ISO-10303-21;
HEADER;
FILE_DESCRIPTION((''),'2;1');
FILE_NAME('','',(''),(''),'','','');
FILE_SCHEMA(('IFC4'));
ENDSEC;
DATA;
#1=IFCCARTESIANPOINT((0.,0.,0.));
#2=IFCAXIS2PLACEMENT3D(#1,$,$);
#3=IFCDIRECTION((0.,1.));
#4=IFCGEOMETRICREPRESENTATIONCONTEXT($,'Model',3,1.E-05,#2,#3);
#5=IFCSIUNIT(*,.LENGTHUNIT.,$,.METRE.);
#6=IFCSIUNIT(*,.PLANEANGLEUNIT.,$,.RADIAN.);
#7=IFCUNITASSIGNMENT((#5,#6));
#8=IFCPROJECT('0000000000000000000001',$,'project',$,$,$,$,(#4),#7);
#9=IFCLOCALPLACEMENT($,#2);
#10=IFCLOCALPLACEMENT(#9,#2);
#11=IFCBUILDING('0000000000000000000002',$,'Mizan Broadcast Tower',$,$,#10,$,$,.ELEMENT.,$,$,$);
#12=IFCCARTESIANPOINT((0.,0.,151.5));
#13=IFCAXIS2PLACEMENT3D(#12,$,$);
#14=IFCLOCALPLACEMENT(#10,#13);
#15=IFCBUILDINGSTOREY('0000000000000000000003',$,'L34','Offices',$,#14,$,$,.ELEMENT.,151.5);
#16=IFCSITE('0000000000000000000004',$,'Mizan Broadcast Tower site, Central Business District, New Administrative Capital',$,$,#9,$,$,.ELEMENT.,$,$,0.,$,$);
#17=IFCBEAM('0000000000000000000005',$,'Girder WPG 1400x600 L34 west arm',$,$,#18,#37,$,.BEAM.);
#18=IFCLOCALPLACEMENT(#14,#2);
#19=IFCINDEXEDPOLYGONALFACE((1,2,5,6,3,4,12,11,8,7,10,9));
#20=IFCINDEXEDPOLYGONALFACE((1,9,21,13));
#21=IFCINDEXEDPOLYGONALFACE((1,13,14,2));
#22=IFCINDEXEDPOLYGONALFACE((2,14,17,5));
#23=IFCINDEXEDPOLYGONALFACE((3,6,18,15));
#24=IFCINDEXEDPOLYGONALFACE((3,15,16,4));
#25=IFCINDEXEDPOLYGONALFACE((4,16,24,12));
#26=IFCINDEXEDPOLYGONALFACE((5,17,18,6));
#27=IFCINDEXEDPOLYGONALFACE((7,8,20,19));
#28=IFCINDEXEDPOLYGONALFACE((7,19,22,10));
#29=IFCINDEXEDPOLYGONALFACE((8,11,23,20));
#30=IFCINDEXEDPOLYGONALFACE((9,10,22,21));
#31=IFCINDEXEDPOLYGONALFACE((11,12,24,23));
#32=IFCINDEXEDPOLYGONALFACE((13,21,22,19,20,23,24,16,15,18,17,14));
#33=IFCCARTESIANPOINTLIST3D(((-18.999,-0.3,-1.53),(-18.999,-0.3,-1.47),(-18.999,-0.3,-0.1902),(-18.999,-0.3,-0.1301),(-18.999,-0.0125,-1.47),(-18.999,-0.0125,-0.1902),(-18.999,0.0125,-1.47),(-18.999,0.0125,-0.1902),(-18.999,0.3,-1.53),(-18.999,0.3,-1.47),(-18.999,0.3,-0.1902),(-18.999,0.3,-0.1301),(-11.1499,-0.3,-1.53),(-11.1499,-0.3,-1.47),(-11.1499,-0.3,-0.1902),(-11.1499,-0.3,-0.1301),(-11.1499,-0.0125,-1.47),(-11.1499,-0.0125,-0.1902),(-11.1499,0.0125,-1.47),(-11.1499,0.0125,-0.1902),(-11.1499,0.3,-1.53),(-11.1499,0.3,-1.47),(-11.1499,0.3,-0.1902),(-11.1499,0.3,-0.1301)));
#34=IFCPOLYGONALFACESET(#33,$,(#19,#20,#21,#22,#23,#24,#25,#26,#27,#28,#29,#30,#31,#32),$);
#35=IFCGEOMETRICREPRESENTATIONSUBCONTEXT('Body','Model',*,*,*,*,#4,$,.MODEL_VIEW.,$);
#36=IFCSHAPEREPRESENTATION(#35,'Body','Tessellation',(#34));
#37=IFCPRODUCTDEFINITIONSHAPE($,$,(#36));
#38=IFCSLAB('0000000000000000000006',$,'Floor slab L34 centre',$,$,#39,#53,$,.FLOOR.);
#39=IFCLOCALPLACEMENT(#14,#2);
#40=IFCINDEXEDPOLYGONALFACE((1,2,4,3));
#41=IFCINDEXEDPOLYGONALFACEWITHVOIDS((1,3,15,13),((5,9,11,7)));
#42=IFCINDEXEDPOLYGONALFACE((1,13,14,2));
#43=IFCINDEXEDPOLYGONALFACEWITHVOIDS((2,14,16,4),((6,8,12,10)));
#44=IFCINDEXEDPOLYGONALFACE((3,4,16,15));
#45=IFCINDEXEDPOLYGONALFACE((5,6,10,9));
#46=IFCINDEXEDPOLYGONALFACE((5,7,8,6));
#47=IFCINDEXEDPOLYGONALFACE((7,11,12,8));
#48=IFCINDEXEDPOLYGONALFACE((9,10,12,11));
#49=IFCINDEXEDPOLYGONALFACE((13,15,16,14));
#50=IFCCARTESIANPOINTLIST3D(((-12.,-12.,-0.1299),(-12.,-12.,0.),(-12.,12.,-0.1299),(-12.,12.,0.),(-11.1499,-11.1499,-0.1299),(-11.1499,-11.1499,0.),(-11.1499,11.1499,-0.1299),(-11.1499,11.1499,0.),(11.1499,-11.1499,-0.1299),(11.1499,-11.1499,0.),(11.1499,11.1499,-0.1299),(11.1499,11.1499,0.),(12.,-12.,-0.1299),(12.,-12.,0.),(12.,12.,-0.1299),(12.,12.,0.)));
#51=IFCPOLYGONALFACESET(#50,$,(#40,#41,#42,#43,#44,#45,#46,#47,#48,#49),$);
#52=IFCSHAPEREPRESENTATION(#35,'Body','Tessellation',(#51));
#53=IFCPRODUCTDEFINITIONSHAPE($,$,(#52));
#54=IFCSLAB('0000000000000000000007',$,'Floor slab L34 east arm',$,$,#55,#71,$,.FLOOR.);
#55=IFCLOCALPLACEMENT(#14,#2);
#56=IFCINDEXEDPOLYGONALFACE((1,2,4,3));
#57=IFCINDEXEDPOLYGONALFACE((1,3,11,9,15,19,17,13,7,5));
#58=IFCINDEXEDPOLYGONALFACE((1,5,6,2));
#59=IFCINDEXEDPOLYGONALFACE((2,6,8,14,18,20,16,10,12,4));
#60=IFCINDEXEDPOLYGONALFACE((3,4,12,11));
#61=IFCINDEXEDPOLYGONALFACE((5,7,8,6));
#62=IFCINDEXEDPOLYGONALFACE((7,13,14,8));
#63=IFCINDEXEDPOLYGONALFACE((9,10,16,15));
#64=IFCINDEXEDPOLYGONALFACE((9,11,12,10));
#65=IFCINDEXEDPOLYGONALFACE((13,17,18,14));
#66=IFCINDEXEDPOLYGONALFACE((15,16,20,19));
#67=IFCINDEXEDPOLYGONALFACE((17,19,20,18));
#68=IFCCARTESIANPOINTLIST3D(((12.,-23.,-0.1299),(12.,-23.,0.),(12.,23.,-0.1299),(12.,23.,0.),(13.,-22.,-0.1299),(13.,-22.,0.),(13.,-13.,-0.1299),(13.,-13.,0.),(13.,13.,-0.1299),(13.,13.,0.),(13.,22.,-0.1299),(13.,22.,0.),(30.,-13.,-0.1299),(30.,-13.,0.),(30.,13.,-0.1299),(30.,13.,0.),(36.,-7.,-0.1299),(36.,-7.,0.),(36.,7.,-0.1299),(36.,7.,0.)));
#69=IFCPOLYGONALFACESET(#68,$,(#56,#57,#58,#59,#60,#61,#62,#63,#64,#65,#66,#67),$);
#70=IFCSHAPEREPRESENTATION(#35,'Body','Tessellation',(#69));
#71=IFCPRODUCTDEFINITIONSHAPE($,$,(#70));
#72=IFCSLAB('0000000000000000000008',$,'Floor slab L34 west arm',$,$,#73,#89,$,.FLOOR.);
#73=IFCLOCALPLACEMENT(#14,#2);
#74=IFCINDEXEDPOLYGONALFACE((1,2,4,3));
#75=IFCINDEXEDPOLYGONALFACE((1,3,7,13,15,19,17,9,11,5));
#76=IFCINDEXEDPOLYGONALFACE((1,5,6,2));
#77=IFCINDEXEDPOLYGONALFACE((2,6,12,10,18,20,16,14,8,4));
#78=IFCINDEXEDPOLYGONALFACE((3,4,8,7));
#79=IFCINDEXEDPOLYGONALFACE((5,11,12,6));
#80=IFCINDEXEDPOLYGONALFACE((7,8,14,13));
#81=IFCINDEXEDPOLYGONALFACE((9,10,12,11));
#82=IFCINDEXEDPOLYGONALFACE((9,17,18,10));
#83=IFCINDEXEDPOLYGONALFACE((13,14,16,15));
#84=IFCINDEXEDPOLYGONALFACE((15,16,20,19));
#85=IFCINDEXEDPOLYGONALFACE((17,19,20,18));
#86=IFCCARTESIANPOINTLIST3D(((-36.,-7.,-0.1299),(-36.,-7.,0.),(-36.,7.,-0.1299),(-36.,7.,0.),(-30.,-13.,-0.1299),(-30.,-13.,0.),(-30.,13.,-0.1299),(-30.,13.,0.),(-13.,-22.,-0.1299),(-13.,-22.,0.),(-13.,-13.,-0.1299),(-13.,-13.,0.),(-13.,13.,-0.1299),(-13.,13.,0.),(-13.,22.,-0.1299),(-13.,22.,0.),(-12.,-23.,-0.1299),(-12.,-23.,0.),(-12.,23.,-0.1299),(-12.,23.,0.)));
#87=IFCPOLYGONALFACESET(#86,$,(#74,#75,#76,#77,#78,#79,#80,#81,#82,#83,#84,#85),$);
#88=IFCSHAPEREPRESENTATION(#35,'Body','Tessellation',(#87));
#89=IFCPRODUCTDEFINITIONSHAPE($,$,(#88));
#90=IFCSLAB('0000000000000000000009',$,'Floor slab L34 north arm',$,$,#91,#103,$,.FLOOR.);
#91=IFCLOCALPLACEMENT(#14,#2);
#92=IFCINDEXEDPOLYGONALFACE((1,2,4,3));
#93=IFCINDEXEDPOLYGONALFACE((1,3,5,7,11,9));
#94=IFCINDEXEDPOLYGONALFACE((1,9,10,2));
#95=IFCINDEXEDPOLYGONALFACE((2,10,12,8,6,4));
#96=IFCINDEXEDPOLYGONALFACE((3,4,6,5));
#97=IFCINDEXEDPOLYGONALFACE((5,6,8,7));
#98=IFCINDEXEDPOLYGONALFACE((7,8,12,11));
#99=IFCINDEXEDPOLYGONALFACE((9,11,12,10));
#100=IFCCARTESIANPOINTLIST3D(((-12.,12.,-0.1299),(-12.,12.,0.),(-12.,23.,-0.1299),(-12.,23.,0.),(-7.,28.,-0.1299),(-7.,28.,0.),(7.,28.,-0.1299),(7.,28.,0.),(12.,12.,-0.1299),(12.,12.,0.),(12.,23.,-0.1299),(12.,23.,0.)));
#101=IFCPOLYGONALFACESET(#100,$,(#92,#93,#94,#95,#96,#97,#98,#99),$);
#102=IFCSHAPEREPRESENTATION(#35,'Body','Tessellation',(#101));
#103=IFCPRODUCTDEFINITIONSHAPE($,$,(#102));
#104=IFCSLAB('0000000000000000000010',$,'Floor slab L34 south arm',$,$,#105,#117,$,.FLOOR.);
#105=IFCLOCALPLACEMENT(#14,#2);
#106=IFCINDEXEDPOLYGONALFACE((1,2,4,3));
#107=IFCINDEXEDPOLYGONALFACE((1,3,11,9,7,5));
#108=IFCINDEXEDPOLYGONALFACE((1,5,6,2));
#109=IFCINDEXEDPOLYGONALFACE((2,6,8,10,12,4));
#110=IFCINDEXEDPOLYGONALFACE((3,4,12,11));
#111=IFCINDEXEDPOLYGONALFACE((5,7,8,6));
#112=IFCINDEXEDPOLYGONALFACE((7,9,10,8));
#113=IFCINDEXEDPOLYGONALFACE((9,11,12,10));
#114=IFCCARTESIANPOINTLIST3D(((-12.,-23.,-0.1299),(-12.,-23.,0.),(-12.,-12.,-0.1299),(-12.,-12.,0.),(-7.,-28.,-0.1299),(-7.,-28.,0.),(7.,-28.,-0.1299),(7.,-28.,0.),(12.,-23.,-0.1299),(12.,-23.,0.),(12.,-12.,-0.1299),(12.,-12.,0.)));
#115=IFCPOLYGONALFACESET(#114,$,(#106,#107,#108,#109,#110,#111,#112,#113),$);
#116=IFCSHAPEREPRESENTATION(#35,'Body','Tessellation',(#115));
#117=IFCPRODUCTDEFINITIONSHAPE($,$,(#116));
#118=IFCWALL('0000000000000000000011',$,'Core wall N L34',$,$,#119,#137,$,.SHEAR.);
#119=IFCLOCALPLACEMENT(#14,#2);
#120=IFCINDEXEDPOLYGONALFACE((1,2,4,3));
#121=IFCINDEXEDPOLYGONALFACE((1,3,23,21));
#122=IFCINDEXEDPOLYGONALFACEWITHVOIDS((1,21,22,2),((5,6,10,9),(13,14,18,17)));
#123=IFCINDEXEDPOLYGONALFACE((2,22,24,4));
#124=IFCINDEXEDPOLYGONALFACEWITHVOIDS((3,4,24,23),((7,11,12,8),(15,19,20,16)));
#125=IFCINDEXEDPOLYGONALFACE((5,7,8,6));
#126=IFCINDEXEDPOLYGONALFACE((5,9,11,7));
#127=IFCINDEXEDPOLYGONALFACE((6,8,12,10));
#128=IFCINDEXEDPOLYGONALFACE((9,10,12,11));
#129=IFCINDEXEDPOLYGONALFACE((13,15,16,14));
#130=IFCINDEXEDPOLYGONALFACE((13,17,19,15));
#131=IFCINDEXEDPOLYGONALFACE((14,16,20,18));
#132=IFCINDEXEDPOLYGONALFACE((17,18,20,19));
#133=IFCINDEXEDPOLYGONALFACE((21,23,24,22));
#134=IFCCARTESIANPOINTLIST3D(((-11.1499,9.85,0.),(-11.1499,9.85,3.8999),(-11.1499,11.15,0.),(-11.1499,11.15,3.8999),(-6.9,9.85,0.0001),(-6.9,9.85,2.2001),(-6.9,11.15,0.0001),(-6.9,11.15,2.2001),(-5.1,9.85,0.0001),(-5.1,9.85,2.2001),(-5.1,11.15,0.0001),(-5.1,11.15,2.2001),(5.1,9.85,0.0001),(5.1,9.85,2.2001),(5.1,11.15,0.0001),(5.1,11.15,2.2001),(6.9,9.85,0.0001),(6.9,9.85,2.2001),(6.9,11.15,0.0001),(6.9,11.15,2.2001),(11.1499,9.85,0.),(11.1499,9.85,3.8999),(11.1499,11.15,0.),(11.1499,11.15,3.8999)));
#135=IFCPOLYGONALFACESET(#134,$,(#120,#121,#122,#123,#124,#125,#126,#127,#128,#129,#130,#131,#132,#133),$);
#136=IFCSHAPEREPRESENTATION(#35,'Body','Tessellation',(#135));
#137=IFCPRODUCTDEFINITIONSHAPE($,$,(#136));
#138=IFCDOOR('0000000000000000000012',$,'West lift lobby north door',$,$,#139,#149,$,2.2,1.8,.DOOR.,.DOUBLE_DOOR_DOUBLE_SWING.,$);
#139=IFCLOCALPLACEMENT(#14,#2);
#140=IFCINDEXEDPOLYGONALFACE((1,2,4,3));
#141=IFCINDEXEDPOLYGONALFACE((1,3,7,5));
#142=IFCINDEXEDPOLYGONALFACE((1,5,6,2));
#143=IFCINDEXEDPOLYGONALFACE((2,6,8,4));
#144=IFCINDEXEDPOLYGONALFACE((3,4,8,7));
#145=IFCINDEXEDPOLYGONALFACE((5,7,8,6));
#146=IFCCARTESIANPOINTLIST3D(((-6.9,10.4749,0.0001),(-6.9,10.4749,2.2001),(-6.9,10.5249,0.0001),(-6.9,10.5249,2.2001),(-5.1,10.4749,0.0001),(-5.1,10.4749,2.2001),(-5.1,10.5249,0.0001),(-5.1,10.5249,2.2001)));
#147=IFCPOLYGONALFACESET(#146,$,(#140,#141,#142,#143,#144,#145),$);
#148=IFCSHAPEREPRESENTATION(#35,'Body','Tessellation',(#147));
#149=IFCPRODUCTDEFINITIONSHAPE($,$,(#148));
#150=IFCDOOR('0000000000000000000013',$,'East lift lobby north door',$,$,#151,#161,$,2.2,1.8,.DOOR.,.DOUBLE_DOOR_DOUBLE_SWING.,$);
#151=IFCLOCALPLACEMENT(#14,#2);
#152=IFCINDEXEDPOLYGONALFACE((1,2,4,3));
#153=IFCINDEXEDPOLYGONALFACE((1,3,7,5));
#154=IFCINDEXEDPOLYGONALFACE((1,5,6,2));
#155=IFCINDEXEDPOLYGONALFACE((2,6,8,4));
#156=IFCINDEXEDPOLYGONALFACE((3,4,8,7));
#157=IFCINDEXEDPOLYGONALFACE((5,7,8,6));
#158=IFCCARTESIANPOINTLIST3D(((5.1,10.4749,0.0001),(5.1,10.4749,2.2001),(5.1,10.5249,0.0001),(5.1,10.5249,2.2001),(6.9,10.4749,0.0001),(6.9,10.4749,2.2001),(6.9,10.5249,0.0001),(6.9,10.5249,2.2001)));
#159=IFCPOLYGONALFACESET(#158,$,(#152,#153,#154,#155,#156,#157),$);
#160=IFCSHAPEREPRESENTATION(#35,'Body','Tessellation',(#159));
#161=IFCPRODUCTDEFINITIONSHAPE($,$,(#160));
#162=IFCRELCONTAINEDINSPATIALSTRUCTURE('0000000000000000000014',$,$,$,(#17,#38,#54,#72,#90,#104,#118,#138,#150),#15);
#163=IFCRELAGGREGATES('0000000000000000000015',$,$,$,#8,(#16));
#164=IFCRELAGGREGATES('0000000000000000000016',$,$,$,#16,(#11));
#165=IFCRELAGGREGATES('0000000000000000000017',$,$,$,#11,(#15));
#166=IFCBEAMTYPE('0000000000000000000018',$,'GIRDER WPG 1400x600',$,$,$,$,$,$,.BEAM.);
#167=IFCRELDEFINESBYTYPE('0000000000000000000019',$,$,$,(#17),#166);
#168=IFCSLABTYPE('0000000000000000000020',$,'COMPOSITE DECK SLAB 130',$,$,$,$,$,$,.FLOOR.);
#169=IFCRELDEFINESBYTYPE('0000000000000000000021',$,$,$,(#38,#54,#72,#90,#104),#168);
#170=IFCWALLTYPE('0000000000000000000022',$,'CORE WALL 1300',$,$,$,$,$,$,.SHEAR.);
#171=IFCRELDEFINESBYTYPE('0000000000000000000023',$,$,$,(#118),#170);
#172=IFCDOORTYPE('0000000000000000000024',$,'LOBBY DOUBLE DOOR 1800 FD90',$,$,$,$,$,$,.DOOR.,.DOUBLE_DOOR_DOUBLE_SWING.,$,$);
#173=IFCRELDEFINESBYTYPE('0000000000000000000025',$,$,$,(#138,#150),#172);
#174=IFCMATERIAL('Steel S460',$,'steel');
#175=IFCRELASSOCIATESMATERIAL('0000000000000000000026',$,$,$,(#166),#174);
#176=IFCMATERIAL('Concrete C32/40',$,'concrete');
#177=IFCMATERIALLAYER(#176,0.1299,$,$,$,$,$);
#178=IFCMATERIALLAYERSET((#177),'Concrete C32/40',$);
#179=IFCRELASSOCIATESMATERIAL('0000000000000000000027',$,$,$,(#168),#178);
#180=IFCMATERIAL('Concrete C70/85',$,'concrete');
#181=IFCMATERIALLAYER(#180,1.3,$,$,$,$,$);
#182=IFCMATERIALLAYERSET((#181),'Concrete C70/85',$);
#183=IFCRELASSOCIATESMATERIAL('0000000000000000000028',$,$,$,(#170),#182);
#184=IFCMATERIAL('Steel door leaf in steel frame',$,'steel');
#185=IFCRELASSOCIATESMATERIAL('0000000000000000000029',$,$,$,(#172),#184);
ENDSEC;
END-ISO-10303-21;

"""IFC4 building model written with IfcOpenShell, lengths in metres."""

from ifc_helpers import new_model, si_unit, direction, frame, frame_2d, origin, origin_2d, place, context, subcontext, project, spatial, polyline, rectangle, i_section, outline, extrude, material, layer, layer_set, material_profile, profile_set, type_object, element, fill, save


model = new_model("IFC4")

# Units and contexts
model_context = context("Model", 3, precision=1e-05, world=origin(), true_north=direction((0.0, 1.0)))
body_context = subcontext(model_context, "Body", "Model", "MODEL_VIEW")
ifc_project = project(units=[si_unit("LENGTHUNIT", "METRE"), si_unit("PLANEANGLEUNIT", "RADIAN")], contexts=[model_context])

# Site, building, storey
site_placement = place(None, origin())
site = spatial("IfcSite", under=ifc_project, at=site_placement, Name="Mizan Broadcast Tower site, Central Business District, New Administrative Capital", CompositionType="ELEMENT", RefElevation=0.0)
building_placement = place(site_placement, origin())
building = spatial("IfcBuilding", under=site, at=building_placement, Name="Mizan Broadcast Tower", CompositionType="ELEMENT")
storey_placement = place(building_placement, frame((0.0, 0.0, 151.5)))
storey = spatial("IfcBuildingStorey", under=building, at=storey_placement, Name="L34", Description="Offices", CompositionType="ELEMENT", Elevation=151.5)

# Beam
ifc_material_1 = material(Name="Steel S460", Category="steel")
ifc_material_profile = material_profile(ifc_material_1, i_section(OverallWidth=0.6001, OverallDepth=1.3999, WebThickness=0.0249, FlangeThickness=0.0601, at=origin_2d()), Name="WPG 1400x600")
ifc_profile_set = profile_set([ifc_material_profile], Name="Steel S460")
beam_type = type_object("IfcBeamType", Name="GIRDER WPG 1400x600", PredefinedType="BEAM", material=ifc_profile_set)
beam_placement = place(storey_placement, frame((-11.1499, 0.0, -0.8301), z_axis=(-1.0, 0.0, 0.0), x_axis=(0.0, -1.0, 0.0)))
element("IfcBeam", 1, at=beam_placement, inside=storey, type_object=beam_type, Name="Girder WPG 1400x600 L34 west arm", PredefinedType="BEAM", context=body_context, shape_type="SweptSolid", body=[
    extrude(i_section(OverallWidth=0.6001, OverallDepth=1.3999, WebThickness=0.0249, FlangeThickness=0.0601, at=origin_2d()), origin(), (0.0, 0.0, 1.0), 7.8491),
])

# Slabs
ifc_material_2 = material(Name="Concrete C32/40", Category="concrete")
ifc_layer_1 = layer(ifc_material_2, 0.1299)
ifc_layer_set_1 = layer_set([ifc_layer_1], Name="Concrete C32/40")
slab_type = type_object("IfcSlabType", Name="COMPOSITE DECK SLAB 130", PredefinedType="FLOOR", material=ifc_layer_set_1)
slab_1_placement = place(storey_placement, frame((0.0, 0.0, -0.1299)))
element("IfcSlab", 2, at=slab_1_placement, inside=storey, type_object=slab_type, Name="Floor slab L34 centre", PredefinedType="FLOOR", context=body_context, shape_type="SweptSolid", body=[
    extrude(outline(polyline([(-12.0, -12.0), (12.0, -12.0), (12.0, 12.0), (-12.0, 12.0), (-12.0, -12.0)]), holes=[polyline([(-11.1499, 11.1499), (11.1499, 11.1499), (11.1499, -11.1499), (-11.1499, -11.1499), (-11.1499, 11.1499)])]), origin(), (0.0, 0.0, 1.0), 0.1299),
])
slab_2_placement = place(storey_placement, frame((0.0, 0.0, -0.1299)))
element("IfcSlab", 3, at=slab_2_placement, inside=storey, type_object=slab_type, Name="Floor slab L34 east arm", PredefinedType="FLOOR", context=body_context, shape_type="SweptSolid", body=[
    extrude(outline(polyline([(12.0, -23.0), (13.0, -22.0), (13.0, -13.0), (30.0, -13.0), (36.0, -7.0), (36.0, 7.0), (30.0, 13.0), (13.0, 13.0), (13.0, 22.0), (12.0, 23.0), (12.0, -23.0)])), origin(), (0.0, 0.0, 1.0), 0.1299),
])
slab_3_placement = place(storey_placement, frame((0.0, 0.0, -0.1299)))
element("IfcSlab", 4, at=slab_3_placement, inside=storey, type_object=slab_type, Name="Floor slab L34 west arm", PredefinedType="FLOOR", context=body_context, shape_type="SweptSolid", body=[
    extrude(outline(polyline([(-13.0, -22.0), (-12.0, -23.0), (-12.0, 23.0), (-13.0, 22.0), (-13.0, 13.0), (-30.0, 13.0), (-36.0, 7.0), (-36.0, -7.0), (-30.0, -13.0), (-13.0, -13.0), (-13.0, -22.0)])), origin(), (0.0, 0.0, 1.0), 0.1299),
])
slab_4_placement = place(storey_placement, frame((0.0, 0.0, -0.1299)))
element("IfcSlab", 5, at=slab_4_placement, inside=storey, type_object=slab_type, Name="Floor slab L34 north arm", PredefinedType="FLOOR", context=body_context, shape_type="SweptSolid", body=[
    extrude(outline(polyline([(-7.0, 28.0), (-12.0, 23.0), (-12.0, 12.0), (12.0, 12.0), (12.0, 23.0), (7.0, 28.0), (-7.0, 28.0)])), origin(), (0.0, 0.0, 1.0), 0.1299),
])
slab_5_placement = place(storey_placement, frame((0.0, 0.0, -0.1299)))
element("IfcSlab", 6, at=slab_5_placement, inside=storey, type_object=slab_type, Name="Floor slab L34 south arm", PredefinedType="FLOOR", context=body_context, shape_type="SweptSolid", body=[
    extrude(outline(polyline([(7.0, -28.0), (12.0, -23.0), (12.0, -12.0), (-12.0, -12.0), (-12.0, -23.0), (-7.0, -28.0), (7.0, -28.0)])), origin(), (0.0, 0.0, 1.0), 0.1299),
])

# Wall, openings, doors
ifc_material_3 = material(Name="Concrete C70/85", Category="concrete")
ifc_layer_2 = layer(ifc_material_3, 1.3)
ifc_layer_set_2 = layer_set([ifc_layer_2], Name="Concrete C70/85")
wall_type_1 = type_object("IfcWallType", Name="CORE WALL 1300", PredefinedType="SHEAR", material=ifc_layer_set_2)
wall_1_placement = place(storey_placement, frame((-11.1499, 10.5, 0.0), z_axis=(0.0, 0.0, 1.0), x_axis=(1.0, 0.0, 0.0)))
wall_1 = element("IfcWall", 7, at=wall_1_placement, inside=storey, type_object=wall_type_1, Name="Core wall N L34", PredefinedType="SHEAR", context=body_context, shape_type="SweptSolid", body=[
    extrude(rectangle(XDim=22.2998, YDim=1.3, at=frame_2d((11.1499, 0.0))), origin(), (0.0, 0.0, 1.0), 3.8999),
])
opening_1_placement = place(wall_1_placement, frame((4.25, 0.0, 0.0)))
opening_1 = element("IfcOpeningElement", 8, at=opening_1_placement, cuts=wall_1, PredefinedType="OPENING", context=body_context, shape_type="SweptSolid", body=[
    extrude(rectangle(XDim=1.8, YDim=2.2, at=frame_2d((0.8999, 1.1001))), frame((0.0, 0.6599, 0.0), z_axis=(0.0, -1.0, 0.0), x_axis=(1.0, 0.0, 0.0)), (0.0, 0.0, 1.0), 1.3201),
])
opening_2_placement = place(wall_1_placement, frame((16.25, 0.0, 0.0)))
opening_2 = element("IfcOpeningElement", 9, at=opening_2_placement, cuts=wall_1, PredefinedType="OPENING", context=body_context, shape_type="SweptSolid", body=[
    extrude(rectangle(XDim=1.8, YDim=2.2, at=frame_2d((0.8999, 1.1001))), frame((0.0, 0.6599, 0.0), z_axis=(0.0, -1.0, 0.0), x_axis=(1.0, 0.0, 0.0)), (0.0, 0.0, 1.0), 1.3201),
])
ifc_material_4 = material(Name="Steel door leaf in steel frame", Category="steel")
door_type_1 = type_object("IfcDoorType", Name="LOBBY DOUBLE DOOR 1800 FD90", OperationType="DOUBLE_DOOR_DOUBLE_SWING", PredefinedType="DOOR", material=ifc_material_4)
door_1_placement = place(opening_1_placement, origin())
door_1 = element("IfcDoor", 10, at=door_1_placement, inside=storey, type_object=door_type_1, Name="West lift lobby north door", OperationType="DOUBLE_DOOR_DOUBLE_SWING", OverallHeight=2.2, OverallWidth=1.8, PredefinedType="DOOR", context=body_context, shape_type="SweptSolid", body=[
    extrude(rectangle(XDim=1.8, YDim=2.2, at=frame_2d((0.8999, 1.1001))), frame((0.0, 0.0249, 0.0), z_axis=(0.0, -1.0, 0.0), x_axis=(1.0, 0.0, 0.0)), (0.0, 0.0, 1.0), 0.05),
])
fill(opening_1, door_1)
door_2_placement = place(opening_2_placement, origin())
door_2 = element("IfcDoor", 11, at=door_2_placement, inside=storey, type_object=door_type_1, Name="East lift lobby north door", OperationType="DOUBLE_DOOR_DOUBLE_SWING", OverallHeight=2.2, OverallWidth=1.8, PredefinedType="DOOR", context=body_context, shape_type="SweptSolid", body=[
    extrude(rectangle(XDim=1.8, YDim=2.2, at=frame_2d((0.8999, 1.1001))), frame((0.0, 0.0249, 0.0), z_axis=(0.0, -1.0, 0.0), x_axis=(1.0, 0.0, 0.0)), (0.0, 0.0, 1.0), 0.05),
])
fill(opening_2, door_2)

save(model, "model.ifc")
